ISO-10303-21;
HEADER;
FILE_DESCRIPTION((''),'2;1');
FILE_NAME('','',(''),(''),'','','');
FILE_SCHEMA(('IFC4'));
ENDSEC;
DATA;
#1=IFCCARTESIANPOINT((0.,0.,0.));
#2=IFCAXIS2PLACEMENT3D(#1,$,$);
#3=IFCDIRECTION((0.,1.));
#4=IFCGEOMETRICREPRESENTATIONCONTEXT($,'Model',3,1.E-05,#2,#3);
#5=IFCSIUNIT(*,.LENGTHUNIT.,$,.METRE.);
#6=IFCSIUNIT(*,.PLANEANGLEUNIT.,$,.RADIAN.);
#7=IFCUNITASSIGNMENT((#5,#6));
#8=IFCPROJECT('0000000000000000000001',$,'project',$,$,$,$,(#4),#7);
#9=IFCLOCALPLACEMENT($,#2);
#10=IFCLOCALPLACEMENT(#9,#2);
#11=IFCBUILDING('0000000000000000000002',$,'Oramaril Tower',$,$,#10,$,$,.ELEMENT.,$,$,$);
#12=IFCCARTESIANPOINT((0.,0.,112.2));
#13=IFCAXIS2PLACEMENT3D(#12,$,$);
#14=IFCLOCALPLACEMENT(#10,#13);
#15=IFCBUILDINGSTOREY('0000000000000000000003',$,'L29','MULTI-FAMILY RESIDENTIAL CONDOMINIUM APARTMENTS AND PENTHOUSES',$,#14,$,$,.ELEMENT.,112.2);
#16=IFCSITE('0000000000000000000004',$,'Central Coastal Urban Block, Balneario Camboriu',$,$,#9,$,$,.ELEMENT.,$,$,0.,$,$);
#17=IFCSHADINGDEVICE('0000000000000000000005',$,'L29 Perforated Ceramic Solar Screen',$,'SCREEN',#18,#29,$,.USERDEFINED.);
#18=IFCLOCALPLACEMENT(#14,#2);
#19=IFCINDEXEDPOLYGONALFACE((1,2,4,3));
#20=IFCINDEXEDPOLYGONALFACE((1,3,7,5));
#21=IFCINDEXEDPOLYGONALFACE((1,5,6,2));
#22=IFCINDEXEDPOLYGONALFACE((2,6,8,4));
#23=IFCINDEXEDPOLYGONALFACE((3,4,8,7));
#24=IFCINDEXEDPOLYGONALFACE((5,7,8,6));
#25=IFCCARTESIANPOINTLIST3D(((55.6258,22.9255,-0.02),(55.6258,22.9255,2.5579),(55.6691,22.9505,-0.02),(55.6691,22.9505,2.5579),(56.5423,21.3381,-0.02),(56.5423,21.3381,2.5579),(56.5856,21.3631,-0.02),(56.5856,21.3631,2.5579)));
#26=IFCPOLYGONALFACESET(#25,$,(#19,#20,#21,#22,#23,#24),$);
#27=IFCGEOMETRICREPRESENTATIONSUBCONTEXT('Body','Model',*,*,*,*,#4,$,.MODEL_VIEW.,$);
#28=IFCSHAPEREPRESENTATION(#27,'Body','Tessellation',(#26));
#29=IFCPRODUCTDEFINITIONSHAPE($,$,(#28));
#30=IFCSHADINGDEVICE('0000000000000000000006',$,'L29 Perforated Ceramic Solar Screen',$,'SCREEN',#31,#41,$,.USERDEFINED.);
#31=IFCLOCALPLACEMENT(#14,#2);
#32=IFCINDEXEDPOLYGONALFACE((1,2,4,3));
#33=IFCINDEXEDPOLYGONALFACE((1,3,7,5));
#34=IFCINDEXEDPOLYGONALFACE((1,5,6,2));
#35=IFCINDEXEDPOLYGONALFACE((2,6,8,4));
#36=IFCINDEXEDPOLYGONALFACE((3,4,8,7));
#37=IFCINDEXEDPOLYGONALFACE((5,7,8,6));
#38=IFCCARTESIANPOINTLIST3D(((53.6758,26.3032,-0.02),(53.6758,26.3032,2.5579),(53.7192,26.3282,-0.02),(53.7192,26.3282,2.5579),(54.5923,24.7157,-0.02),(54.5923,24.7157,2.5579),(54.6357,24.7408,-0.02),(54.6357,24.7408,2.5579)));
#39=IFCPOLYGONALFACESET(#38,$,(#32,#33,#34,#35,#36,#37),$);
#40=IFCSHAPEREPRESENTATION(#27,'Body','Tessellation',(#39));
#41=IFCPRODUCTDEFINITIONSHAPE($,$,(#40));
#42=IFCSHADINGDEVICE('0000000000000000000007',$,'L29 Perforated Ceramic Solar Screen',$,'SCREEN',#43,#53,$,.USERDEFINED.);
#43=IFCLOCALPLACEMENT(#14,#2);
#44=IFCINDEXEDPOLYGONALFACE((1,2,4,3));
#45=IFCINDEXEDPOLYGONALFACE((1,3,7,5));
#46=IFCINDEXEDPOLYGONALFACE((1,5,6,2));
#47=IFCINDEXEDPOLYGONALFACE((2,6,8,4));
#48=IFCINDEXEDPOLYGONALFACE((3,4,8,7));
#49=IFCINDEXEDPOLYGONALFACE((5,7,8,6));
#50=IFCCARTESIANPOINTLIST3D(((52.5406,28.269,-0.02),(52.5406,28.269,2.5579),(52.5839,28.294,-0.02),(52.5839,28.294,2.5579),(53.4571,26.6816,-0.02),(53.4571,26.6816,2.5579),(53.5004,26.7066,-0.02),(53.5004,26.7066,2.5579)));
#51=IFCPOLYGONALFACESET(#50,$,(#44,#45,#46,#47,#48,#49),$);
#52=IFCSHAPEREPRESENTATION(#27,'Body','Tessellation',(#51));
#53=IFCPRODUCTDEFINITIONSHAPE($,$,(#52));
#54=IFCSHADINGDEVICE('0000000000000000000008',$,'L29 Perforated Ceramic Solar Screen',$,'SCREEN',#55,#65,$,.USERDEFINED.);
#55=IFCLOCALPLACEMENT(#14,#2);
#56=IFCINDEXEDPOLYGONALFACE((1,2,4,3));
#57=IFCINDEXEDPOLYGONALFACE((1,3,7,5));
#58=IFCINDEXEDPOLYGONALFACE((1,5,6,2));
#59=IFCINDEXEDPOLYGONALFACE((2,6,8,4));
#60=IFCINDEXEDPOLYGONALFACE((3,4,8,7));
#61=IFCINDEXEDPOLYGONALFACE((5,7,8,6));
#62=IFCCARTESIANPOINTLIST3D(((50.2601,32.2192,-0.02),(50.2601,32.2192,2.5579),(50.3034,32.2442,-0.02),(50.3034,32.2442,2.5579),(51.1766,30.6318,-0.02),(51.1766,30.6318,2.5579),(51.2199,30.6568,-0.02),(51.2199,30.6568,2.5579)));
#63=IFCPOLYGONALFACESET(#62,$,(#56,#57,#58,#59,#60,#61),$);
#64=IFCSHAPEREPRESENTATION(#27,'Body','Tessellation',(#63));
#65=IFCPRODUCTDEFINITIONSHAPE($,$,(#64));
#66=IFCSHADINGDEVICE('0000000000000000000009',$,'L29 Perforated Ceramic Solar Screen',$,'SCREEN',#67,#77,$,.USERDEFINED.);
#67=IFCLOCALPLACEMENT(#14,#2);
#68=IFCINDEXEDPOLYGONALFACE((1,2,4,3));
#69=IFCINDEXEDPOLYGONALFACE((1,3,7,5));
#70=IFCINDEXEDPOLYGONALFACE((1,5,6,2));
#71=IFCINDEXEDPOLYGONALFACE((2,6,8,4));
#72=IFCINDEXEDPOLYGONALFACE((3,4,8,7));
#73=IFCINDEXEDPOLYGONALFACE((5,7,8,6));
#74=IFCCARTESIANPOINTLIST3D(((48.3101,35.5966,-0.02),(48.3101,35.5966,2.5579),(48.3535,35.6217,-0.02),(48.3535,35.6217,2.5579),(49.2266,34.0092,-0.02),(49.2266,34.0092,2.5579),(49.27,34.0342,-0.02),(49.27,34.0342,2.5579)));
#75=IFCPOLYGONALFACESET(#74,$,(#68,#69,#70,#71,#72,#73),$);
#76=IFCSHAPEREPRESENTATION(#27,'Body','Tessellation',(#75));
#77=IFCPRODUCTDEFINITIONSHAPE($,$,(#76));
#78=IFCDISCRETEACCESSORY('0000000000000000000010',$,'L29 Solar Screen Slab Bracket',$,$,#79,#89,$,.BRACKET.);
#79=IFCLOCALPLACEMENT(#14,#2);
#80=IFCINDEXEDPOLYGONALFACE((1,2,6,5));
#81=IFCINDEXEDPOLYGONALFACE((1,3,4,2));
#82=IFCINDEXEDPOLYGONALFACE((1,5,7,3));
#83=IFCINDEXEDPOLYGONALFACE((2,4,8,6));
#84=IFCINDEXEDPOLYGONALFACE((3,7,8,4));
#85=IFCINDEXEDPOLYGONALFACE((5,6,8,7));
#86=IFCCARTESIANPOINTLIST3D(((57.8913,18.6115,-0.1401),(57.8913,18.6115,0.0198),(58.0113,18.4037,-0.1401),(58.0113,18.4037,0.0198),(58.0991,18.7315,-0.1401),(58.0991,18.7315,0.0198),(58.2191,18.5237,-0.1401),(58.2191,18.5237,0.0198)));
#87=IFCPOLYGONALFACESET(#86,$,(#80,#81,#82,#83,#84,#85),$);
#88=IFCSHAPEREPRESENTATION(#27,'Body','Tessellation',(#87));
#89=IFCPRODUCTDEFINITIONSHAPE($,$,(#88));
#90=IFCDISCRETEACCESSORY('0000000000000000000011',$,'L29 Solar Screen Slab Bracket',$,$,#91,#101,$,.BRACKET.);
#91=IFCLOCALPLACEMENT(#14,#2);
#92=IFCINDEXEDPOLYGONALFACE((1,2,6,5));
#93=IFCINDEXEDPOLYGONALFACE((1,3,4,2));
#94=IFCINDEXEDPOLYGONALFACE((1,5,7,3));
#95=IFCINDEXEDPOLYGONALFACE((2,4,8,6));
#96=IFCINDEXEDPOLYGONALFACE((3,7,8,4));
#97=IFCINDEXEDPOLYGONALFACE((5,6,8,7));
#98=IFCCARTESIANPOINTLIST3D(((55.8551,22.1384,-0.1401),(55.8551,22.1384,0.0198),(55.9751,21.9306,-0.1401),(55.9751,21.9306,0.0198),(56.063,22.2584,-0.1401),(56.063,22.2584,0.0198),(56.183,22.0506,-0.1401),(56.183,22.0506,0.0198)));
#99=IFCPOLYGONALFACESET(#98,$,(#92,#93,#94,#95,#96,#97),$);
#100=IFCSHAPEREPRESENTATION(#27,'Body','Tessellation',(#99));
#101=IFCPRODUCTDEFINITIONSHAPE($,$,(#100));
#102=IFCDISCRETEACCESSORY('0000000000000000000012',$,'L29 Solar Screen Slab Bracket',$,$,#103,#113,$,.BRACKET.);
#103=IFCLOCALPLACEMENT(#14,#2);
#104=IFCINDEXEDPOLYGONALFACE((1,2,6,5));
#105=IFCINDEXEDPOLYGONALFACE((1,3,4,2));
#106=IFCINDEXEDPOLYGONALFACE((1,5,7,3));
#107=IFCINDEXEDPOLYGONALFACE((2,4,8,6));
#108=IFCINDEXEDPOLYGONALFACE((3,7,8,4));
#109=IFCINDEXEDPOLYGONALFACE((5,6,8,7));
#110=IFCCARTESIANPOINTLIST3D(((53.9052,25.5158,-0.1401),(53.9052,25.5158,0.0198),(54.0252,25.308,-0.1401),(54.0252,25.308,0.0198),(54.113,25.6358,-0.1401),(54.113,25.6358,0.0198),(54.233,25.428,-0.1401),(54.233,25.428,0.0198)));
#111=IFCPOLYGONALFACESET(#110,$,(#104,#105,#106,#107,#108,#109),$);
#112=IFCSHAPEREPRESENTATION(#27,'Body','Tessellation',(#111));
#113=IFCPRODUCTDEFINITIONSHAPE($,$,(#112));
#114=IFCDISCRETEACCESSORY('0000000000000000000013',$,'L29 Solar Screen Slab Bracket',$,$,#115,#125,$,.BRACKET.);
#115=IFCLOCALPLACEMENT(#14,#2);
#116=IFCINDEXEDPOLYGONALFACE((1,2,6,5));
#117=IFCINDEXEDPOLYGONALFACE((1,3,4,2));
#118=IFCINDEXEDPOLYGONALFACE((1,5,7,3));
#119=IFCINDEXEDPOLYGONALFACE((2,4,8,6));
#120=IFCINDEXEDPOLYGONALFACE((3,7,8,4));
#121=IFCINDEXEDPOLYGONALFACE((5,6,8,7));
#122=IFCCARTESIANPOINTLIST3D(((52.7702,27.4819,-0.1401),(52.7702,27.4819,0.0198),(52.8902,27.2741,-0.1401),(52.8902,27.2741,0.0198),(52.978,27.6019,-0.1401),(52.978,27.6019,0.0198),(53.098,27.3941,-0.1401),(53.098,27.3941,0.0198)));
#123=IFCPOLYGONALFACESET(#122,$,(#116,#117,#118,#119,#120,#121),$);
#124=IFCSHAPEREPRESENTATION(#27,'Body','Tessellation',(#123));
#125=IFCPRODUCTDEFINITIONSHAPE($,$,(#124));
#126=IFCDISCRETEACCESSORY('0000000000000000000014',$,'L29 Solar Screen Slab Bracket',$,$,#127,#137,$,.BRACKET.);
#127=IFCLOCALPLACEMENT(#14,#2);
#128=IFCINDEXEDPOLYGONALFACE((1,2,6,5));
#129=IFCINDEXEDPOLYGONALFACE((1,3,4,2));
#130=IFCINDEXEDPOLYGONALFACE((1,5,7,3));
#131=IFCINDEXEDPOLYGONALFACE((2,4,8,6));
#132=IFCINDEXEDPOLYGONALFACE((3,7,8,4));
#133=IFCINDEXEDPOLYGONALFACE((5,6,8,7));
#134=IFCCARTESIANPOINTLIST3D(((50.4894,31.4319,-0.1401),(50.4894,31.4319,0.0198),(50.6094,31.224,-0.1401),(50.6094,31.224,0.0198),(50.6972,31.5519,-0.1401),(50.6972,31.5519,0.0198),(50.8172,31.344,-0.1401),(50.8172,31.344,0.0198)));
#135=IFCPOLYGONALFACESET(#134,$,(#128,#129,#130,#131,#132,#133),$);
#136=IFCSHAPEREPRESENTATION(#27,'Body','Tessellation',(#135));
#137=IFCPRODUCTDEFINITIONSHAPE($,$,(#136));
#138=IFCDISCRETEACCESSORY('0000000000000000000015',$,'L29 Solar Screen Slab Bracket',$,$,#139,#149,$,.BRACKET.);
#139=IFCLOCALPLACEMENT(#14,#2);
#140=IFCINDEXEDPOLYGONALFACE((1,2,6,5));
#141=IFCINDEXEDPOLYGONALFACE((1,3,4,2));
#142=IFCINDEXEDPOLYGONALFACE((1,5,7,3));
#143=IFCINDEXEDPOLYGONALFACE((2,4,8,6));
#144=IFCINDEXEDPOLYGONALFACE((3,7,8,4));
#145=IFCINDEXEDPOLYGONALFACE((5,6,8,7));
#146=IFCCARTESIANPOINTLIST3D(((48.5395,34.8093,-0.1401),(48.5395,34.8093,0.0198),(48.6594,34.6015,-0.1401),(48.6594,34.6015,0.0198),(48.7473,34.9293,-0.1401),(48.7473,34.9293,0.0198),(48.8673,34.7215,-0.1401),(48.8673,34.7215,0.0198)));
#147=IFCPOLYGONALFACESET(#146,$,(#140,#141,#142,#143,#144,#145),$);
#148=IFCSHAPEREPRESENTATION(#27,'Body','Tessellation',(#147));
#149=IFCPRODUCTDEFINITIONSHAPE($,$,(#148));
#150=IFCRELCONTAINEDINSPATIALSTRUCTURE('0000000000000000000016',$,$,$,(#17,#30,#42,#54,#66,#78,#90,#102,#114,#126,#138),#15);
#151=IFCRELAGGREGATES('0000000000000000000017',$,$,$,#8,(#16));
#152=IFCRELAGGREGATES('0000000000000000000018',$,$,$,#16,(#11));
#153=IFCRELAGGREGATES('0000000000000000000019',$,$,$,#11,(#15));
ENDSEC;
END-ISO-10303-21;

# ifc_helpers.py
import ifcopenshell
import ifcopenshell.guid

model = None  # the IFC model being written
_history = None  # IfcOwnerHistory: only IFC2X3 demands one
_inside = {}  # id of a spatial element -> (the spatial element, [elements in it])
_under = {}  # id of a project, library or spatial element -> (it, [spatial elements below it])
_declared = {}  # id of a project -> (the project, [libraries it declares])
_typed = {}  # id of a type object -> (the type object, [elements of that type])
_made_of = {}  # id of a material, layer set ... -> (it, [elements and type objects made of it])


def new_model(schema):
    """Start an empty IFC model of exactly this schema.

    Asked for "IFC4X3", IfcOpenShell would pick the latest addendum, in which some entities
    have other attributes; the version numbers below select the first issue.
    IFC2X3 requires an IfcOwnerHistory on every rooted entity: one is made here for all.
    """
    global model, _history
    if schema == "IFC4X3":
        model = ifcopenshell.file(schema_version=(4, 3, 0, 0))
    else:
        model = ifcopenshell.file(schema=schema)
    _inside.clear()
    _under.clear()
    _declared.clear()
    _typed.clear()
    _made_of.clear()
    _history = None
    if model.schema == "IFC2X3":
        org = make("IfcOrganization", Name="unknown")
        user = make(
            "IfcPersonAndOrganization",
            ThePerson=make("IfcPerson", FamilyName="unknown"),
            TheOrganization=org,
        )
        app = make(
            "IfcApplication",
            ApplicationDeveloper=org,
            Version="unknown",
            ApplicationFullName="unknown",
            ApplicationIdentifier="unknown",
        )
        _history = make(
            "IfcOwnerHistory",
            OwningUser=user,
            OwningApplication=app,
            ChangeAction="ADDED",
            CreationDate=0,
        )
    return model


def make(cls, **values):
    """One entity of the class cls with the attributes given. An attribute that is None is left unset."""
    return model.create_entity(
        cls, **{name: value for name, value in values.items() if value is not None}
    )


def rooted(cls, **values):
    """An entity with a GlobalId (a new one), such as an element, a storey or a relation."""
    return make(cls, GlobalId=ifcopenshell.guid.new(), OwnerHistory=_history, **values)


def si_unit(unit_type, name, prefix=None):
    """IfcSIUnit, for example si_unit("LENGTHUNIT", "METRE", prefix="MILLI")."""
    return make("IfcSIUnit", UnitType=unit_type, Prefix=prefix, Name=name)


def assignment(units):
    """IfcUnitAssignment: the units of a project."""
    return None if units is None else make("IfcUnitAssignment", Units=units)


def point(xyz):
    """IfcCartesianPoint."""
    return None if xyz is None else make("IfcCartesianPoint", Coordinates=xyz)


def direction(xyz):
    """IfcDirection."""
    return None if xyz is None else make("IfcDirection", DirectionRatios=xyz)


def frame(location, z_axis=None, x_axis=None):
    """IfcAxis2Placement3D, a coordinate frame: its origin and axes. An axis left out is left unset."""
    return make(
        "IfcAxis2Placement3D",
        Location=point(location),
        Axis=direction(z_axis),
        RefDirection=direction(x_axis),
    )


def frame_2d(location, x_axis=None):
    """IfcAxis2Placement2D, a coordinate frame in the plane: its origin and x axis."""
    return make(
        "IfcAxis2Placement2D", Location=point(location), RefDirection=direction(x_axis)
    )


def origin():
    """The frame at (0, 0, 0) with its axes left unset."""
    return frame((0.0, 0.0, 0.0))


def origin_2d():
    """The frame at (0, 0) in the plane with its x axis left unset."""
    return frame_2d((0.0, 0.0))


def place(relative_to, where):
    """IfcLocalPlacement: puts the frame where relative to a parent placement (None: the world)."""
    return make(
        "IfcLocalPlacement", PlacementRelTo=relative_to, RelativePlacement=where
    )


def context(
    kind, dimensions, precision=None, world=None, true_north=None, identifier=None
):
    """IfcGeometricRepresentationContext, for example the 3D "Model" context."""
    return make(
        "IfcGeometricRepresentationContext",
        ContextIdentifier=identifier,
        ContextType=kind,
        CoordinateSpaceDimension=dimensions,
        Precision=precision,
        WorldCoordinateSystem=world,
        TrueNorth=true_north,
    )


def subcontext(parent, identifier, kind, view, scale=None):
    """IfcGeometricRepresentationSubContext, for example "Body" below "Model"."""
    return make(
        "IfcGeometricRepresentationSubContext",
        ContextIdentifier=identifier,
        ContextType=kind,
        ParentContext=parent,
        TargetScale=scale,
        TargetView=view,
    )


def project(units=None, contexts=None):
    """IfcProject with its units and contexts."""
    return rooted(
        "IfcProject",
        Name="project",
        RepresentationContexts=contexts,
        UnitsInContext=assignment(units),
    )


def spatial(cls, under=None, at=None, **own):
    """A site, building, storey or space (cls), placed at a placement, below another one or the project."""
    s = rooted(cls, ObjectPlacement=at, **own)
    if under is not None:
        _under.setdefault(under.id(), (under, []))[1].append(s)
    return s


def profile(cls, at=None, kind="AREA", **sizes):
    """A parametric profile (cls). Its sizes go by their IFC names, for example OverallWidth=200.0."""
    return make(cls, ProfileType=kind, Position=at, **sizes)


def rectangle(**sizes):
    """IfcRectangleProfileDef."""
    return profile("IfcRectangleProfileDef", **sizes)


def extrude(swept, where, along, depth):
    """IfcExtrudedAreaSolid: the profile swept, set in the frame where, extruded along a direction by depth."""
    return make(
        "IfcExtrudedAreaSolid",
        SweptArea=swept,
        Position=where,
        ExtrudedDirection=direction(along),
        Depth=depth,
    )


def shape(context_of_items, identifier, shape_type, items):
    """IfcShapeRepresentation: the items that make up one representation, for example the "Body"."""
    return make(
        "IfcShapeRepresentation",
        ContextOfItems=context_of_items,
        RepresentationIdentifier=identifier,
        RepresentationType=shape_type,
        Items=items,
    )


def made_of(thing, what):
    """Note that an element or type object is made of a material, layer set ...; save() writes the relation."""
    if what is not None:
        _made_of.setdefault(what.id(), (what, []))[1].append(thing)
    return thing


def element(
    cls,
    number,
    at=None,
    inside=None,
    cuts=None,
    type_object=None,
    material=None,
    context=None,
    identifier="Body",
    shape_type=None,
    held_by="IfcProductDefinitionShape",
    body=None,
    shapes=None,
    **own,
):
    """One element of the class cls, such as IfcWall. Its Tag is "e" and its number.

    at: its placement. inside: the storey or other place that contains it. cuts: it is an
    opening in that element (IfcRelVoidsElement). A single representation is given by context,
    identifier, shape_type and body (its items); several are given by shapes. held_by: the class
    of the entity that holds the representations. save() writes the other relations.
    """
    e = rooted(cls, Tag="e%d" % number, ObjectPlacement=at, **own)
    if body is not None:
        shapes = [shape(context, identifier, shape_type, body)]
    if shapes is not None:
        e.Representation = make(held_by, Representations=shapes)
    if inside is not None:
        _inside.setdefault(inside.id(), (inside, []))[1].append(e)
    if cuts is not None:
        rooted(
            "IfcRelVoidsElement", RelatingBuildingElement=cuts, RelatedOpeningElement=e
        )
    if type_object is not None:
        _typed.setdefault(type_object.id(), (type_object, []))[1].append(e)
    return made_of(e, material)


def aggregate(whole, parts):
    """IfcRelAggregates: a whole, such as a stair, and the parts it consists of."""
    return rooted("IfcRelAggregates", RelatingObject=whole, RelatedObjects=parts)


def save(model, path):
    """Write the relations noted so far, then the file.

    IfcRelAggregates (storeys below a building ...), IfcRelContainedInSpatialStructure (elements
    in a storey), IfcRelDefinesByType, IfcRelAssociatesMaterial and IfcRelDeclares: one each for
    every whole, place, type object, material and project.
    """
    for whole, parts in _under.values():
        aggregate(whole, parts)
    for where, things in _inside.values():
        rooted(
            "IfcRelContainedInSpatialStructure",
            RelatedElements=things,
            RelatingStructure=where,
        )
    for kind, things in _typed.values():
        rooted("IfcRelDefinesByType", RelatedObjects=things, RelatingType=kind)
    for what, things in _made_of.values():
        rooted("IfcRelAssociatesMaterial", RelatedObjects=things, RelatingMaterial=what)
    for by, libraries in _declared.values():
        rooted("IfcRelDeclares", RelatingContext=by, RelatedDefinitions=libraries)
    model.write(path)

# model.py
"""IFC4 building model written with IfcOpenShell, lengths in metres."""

from ifc_helpers import new_model, si_unit, direction, frame, origin, origin_2d, place, context, subcontext, project, spatial, rectangle, extrude, element, save


model = new_model("IFC4")

# Units and contexts
model_context = context("Model", 3, precision=1e-05, world=origin(), true_north=direction((0.0, 1.0)))
body_context = subcontext(model_context, "Body", "Model", "MODEL_VIEW")
ifc_project = project(units=[si_unit("LENGTHUNIT", "METRE"), si_unit("PLANEANGLEUNIT", "RADIAN")], contexts=[model_context])

# Site, building, storey
site_placement = place(None, origin())
site = spatial("IfcSite", under=ifc_project, at=site_placement, Name="Central Coastal Urban Block, Balneario Camboriu", CompositionType="ELEMENT", RefElevation=0.0)
building_placement = place(site_placement, origin())
building = spatial("IfcBuilding", under=site, at=building_placement, Name="Oramaril Tower", CompositionType="ELEMENT")
storey_placement = place(building_placement, frame((0.0, 0.0, 112.2)))
storey = spatial("IfcBuildingStorey", under=building, at=storey_placement, Name="L29", Description="MULTI-FAMILY RESIDENTIAL CONDOMINIUM APARTMENTS AND PENTHOUSES", CompositionType="ELEMENT", Elevation=112.2)

# Shading devices
for number, where, z_axis, x_axis, name in (
    (1, (56.1057, 22.1443, -0.02), (0.0, 0.0, 1.0), (-0.5, 0.866025, 0.0), "L29 Perforated Ceramic Solar Screen"),
    (2, (54.1558, 25.522, -0.02), (0.0, 0.0, 1.0), (-0.5, 0.866025, 0.0), "L29 Perforated Ceramic Solar Screen"),
    (3, (53.0205, 27.4878, -0.02), (0.0, 0.0, 1.0), (-0.5, 0.866025, 0.0), "L29 Perforated Ceramic Solar Screen"),
    (4, (50.74, 31.438, -0.02), (0.0, 0.0, 1.0), (-0.5, 0.866025, 0.0), "L29 Perforated Ceramic Solar Screen"),
    (5, (48.79, 34.8154, -0.02), (0.0, 0.0, 1.0), (-0.5, 0.866025, 0.0), "L29 Perforated Ceramic Solar Screen"),
):
    element("IfcShadingDevice", number, at=place(storey_placement, frame(where, z_axis=z_axis, x_axis=x_axis)), inside=storey, Name=name, ObjectType="SCREEN", PredefinedType="USERDEFINED", context=body_context, shape_type="SweptSolid", body=[
        extrude(rectangle(XDim=1.833, YDim=0.05, at=origin_2d()), origin(), (0.0, 0.0, 1.0), 2.5779),
    ])

# Discrete accessories
for number, where, z_axis, x_axis, name in (
    (6, (58.0552, 18.5676, -0.1401), (0.0, 0.0, 1.0), (-0.5, 0.866025, 0.0), "L29 Solar Screen Slab Bracket"),
    (7, (56.019, 22.0945, -0.1401), (0.0, 0.0, 1.0), (-0.5, 0.866025, 0.0), "L29 Solar Screen Slab Bracket"),
    (8, (54.0691, 25.4719, -0.1401), (0.0, 0.0, 1.0), (-0.5, 0.866025, 0.0), "L29 Solar Screen Slab Bracket"),
    (9, (52.9341, 27.438, -0.1401), (0.0, 0.0, 1.0), (-0.5, 0.866025, 0.0), "L29 Solar Screen Slab Bracket"),
    (10, (50.6533, 31.3879, -0.1401), (0.0, 0.0, 1.0), (-0.5, 0.866025, 0.0), "L29 Solar Screen Slab Bracket"),
    (11, (48.7034, 34.7654, -0.1401), (0.0, 0.0, 1.0), (-0.5, 0.866025, 0.0), "L29 Solar Screen Slab Bracket"),
):
    element("IfcDiscreteAccessory", number, at=place(storey_placement, frame(where, z_axis=z_axis, x_axis=x_axis)), inside=storey, Name=name, PredefinedType="BRACKET", context=body_context, shape_type="SweptSolid", body=[
        extrude(rectangle(XDim=0.24, YDim=0.24, at=origin_2d()), origin(), (0.0, 0.0, 1.0), 0.1599),
    ])

save(model, "model.ifc")
